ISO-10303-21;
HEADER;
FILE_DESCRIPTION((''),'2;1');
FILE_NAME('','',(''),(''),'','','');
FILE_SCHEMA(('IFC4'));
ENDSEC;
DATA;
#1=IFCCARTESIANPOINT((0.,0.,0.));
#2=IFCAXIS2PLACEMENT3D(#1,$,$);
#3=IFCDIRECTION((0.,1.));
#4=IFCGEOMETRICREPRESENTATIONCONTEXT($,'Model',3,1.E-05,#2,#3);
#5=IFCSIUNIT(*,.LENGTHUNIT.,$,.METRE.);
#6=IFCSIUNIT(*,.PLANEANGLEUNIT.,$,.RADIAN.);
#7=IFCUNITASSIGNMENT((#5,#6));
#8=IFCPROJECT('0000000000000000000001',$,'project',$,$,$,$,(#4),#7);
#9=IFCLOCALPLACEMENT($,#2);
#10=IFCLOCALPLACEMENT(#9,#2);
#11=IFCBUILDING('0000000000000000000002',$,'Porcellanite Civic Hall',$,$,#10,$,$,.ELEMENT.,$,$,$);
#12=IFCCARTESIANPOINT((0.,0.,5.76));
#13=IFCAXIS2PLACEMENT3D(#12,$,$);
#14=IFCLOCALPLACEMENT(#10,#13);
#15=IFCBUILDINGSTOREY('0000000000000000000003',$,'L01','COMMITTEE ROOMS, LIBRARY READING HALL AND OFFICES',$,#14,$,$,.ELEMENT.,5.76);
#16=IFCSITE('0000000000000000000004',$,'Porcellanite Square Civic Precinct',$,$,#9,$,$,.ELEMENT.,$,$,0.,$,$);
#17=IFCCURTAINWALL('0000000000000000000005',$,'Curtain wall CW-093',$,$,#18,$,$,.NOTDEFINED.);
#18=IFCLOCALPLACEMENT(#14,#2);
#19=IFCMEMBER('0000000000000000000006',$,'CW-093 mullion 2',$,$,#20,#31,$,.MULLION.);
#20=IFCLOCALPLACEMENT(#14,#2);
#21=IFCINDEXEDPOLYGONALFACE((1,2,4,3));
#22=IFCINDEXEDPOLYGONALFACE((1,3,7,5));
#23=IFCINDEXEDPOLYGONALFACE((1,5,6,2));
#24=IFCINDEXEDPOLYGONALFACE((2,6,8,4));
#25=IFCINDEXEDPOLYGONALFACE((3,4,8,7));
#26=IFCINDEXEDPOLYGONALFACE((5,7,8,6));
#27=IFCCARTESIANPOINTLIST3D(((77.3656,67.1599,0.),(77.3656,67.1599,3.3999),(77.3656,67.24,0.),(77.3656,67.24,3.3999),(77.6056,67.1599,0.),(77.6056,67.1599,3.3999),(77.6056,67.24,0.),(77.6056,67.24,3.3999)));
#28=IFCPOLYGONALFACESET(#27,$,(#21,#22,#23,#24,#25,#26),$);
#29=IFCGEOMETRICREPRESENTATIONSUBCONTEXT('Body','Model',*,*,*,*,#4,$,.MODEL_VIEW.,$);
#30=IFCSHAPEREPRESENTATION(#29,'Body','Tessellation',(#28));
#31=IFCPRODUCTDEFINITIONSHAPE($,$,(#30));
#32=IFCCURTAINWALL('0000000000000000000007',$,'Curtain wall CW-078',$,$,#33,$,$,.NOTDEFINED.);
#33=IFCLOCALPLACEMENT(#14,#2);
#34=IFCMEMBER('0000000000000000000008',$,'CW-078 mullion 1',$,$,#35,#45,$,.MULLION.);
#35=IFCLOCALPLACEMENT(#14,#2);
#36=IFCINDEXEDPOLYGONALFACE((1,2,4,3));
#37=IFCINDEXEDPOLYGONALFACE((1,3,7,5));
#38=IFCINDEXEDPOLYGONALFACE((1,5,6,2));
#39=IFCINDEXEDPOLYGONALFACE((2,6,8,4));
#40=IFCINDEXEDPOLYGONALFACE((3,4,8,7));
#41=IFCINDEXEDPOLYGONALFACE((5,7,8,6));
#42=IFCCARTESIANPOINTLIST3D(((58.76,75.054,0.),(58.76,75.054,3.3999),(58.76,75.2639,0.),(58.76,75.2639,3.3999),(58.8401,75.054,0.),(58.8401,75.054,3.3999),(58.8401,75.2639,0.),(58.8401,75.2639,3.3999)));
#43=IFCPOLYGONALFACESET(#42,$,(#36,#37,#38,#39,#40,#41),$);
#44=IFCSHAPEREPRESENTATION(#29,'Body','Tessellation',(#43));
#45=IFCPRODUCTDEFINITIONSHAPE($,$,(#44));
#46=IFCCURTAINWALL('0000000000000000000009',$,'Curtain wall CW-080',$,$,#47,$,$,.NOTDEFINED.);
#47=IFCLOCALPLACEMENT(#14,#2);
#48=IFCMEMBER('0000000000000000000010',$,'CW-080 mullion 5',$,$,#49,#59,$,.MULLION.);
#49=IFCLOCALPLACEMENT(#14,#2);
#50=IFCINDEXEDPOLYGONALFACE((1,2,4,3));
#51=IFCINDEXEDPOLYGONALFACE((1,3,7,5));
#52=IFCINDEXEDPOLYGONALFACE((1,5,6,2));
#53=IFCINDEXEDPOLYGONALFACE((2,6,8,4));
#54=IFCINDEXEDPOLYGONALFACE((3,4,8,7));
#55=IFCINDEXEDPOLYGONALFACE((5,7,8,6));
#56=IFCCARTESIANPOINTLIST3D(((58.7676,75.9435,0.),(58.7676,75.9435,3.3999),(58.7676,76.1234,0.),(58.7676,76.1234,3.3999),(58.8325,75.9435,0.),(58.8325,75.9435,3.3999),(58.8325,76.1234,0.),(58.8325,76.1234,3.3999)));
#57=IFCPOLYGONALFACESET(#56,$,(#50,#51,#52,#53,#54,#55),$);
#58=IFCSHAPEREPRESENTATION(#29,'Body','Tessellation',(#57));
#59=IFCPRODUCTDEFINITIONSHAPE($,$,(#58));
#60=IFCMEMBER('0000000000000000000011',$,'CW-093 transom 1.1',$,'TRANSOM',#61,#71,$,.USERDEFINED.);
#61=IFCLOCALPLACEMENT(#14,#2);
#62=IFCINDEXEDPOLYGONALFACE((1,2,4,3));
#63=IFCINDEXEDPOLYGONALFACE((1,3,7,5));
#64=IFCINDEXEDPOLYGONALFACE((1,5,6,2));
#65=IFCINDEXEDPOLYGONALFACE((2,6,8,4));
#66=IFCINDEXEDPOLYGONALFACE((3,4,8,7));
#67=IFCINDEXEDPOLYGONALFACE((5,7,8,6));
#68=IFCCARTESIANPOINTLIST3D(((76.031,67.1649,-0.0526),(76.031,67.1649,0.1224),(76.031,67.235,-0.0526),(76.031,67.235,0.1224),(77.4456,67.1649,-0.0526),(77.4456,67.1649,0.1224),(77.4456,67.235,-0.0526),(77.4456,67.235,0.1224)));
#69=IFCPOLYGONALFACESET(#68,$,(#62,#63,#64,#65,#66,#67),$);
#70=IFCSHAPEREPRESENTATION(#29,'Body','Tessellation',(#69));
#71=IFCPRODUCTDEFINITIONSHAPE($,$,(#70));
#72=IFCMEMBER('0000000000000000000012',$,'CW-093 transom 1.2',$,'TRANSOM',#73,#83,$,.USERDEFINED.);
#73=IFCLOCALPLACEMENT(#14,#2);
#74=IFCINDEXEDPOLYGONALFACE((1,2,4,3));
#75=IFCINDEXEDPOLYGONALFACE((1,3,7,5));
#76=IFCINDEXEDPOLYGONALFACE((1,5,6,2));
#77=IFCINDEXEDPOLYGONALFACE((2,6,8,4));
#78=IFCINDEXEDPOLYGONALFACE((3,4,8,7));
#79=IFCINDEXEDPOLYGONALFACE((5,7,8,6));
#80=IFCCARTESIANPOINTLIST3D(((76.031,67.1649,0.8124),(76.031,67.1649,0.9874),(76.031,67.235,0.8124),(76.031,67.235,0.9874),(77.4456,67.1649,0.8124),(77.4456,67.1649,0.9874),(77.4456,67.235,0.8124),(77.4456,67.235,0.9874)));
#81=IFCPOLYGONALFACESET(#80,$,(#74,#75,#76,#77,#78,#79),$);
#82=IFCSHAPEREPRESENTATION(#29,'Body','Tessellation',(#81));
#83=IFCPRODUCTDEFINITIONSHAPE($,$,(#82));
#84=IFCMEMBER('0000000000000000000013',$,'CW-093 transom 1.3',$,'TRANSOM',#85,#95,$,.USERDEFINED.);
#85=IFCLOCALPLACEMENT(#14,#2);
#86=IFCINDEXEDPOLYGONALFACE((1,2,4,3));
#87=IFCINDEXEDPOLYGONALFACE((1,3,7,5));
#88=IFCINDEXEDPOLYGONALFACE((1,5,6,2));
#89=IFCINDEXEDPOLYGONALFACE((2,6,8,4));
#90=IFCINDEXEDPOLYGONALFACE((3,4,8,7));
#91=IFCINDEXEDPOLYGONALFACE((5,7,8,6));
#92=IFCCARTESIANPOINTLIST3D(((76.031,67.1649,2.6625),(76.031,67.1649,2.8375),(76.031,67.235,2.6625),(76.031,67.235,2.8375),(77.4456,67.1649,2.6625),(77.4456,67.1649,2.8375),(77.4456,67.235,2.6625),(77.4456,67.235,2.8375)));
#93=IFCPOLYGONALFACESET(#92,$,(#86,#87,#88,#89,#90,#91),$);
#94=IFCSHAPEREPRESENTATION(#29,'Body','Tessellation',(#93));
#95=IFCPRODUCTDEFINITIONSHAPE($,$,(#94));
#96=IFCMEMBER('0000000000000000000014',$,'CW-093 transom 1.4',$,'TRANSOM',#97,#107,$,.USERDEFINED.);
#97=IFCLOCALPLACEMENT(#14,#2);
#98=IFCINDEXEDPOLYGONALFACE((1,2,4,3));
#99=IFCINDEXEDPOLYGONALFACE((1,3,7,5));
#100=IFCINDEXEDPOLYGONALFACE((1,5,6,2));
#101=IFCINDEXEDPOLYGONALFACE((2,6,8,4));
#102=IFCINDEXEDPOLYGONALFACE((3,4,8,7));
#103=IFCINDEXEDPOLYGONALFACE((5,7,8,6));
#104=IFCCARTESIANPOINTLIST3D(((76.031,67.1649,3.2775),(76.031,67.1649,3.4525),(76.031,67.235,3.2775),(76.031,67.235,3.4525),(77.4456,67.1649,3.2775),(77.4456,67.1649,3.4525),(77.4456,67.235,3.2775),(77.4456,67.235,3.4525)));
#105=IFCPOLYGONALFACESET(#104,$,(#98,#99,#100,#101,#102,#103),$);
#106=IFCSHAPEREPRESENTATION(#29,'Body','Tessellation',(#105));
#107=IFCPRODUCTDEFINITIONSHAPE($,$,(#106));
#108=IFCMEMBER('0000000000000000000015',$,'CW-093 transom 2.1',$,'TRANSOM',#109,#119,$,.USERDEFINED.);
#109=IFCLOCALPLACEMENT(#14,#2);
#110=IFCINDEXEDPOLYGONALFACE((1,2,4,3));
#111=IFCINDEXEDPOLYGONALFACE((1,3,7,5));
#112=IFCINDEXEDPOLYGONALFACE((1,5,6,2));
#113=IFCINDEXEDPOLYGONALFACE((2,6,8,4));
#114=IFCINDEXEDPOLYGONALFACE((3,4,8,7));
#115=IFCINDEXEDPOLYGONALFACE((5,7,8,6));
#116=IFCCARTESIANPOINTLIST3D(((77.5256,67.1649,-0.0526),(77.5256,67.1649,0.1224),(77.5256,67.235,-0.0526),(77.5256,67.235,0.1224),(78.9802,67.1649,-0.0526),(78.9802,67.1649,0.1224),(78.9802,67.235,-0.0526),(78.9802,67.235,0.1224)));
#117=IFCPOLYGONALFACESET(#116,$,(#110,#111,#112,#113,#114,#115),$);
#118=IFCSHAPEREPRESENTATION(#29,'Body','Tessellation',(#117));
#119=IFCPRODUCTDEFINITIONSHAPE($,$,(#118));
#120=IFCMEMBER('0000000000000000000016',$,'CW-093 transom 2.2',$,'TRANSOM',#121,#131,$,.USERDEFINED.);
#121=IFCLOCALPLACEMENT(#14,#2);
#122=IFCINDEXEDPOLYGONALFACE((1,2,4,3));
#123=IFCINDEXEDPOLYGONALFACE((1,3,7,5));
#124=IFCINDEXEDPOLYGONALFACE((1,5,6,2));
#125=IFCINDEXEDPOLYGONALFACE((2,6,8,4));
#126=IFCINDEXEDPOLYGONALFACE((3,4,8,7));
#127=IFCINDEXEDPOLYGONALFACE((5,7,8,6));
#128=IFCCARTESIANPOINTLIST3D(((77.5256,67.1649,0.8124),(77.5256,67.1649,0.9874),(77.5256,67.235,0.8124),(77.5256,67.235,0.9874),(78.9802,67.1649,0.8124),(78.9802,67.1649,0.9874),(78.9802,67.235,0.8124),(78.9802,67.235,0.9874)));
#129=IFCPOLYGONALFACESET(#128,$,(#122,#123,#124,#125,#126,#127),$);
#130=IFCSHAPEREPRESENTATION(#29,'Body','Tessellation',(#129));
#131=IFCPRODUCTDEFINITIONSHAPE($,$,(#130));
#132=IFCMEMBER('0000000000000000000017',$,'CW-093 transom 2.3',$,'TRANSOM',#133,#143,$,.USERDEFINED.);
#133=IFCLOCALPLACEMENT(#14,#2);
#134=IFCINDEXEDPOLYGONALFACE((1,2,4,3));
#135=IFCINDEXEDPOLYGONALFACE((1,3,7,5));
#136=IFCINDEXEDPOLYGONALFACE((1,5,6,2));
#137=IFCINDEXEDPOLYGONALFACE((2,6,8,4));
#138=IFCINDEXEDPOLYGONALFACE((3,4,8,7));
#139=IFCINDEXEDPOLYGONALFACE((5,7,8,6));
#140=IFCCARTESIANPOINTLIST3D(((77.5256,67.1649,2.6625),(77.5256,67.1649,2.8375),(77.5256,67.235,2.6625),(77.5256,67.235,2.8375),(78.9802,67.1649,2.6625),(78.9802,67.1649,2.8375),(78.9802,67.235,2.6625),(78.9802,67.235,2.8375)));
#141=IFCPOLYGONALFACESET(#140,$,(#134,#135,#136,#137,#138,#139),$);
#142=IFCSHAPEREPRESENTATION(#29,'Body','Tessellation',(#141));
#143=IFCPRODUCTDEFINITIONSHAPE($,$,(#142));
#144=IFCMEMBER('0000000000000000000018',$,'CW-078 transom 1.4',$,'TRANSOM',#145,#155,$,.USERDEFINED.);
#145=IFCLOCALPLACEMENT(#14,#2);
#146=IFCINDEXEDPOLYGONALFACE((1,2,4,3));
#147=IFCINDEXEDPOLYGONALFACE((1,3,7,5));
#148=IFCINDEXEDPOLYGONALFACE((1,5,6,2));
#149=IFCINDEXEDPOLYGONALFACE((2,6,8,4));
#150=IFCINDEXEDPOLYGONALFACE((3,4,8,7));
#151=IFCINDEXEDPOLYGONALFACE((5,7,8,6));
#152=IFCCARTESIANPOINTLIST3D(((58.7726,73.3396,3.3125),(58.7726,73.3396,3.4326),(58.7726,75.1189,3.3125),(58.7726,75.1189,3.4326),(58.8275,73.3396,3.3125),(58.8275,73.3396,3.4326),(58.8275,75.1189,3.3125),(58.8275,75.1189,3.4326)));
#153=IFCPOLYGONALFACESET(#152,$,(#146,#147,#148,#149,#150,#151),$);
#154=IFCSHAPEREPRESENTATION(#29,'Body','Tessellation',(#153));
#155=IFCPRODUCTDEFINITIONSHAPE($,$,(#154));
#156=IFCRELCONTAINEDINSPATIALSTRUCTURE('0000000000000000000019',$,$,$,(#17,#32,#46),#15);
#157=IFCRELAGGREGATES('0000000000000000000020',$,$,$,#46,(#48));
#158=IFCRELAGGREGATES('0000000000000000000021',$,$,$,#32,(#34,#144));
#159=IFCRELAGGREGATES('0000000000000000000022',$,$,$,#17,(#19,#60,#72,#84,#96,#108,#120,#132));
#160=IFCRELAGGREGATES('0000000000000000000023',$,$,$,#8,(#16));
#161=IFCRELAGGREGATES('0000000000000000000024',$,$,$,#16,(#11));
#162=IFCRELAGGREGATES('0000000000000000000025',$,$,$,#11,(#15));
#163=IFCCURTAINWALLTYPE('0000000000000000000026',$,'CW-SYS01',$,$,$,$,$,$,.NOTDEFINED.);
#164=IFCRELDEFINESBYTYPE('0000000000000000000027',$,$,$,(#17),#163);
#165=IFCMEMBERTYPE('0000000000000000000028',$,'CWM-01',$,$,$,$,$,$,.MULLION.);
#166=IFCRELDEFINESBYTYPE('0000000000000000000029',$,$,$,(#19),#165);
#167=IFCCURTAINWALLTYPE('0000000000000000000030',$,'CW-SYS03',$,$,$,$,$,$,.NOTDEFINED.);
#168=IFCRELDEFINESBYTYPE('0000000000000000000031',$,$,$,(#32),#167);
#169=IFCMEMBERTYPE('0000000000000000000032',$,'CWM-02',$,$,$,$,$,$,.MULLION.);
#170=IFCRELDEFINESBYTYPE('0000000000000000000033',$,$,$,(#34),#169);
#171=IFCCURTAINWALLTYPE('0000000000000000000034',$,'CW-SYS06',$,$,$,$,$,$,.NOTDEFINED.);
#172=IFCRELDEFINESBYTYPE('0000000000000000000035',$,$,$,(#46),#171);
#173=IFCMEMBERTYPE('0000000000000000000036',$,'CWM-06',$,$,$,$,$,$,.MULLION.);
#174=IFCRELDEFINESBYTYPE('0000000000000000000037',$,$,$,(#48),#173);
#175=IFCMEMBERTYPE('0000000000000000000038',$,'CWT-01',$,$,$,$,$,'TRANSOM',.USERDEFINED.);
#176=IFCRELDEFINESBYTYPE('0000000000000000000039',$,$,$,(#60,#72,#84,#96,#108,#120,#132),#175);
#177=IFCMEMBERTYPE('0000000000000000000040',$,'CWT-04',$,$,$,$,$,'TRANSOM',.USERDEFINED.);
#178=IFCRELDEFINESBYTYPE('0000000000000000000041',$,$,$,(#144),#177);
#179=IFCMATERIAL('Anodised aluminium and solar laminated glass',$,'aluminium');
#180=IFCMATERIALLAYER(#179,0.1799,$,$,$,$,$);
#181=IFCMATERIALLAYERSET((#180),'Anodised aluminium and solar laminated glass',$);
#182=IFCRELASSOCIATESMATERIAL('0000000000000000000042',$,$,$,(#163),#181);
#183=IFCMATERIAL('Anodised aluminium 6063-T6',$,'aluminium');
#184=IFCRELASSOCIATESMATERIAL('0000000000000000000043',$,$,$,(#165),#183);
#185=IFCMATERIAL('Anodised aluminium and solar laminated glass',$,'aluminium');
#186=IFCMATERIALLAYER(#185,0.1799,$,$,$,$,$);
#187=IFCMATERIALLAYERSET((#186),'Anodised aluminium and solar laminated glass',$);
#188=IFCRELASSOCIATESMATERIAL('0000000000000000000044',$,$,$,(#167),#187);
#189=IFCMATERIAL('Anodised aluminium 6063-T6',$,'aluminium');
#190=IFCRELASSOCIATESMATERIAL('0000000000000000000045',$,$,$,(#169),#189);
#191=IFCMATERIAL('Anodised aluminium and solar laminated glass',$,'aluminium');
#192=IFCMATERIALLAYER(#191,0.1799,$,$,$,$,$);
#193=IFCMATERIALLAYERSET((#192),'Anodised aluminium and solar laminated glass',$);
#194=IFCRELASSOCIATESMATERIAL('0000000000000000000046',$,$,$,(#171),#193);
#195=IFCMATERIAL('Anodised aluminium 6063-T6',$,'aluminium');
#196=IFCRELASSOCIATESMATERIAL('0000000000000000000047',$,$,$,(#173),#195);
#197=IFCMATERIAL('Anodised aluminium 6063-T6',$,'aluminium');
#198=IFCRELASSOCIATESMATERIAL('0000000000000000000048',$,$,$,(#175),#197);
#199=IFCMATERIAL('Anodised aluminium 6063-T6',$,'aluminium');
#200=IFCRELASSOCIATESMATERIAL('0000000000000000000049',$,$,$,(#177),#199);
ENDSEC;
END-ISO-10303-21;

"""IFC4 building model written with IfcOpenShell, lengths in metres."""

from ifc_helpers import new_model, si_unit, direction, frame, origin, origin_2d, place, context, subcontext, project, spatial, rectangle, extrude, material, layer, layer_set, material_profile, profile_set, type_object, element, aggregate, save


model = new_model("IFC4")

# Units and contexts
model_context = context("Model", 3, precision=1e-05, world=origin(), true_north=direction((0.0, 1.0)))
body_context = subcontext(model_context, "Body", "Model", "MODEL_VIEW")
ifc_project = project(units=[si_unit("LENGTHUNIT", "METRE"), si_unit("PLANEANGLEUNIT", "RADIAN")], contexts=[model_context])

# Site, building, storey
site_placement = place(None, origin())
site = spatial("IfcSite", under=ifc_project, at=site_placement, Name="Porcellanite Square Civic Precinct", CompositionType="ELEMENT", RefElevation=0.0)
building_placement = place(site_placement, origin())
building = spatial("IfcBuilding", under=site, at=building_placement, Name="Porcellanite Civic Hall", CompositionType="ELEMENT")
storey_placement = place(building_placement, frame((0.0, 0.0, 5.76)))
storey = spatial("IfcBuildingStorey", under=building, at=storey_placement, Name="L01", Description="COMMITTEE ROOMS, LIBRARY READING HALL AND OFFICES", CompositionType="ELEMENT", Elevation=5.76)

# Curtain wall, member
ifc_material_1 = material(Name="Anodised aluminium and solar laminated glass", Category="aluminium")
ifc_layer_1 = layer(ifc_material_1, 0.1799)
ifc_layer_set_1 = layer_set([ifc_layer_1], Name="Anodised aluminium and solar laminated glass")
curtain_wall_type_1 = type_object("IfcCurtainWallType", Name="CW-SYS01", PredefinedType="NOTDEFINED", material=ifc_layer_set_1)
curtain_wall_1_placement = place(storey_placement, origin())
curtain_wall_1 = element("IfcCurtainWall", 1, at=curtain_wall_1_placement, inside=storey, type_object=curtain_wall_type_1, Name="Curtain wall CW-093", PredefinedType="NOTDEFINED")
ifc_material_2 = material(Name="Anodised aluminium 6063-T6", Category="aluminium")
ifc_material_profile_1 = material_profile(ifc_material_2, rectangle(XDim=0.0801, YDim=0.24, at=origin_2d()), Name="AL-80x240")
ifc_profile_set_1 = profile_set([ifc_material_profile_1], Name="Anodised aluminium 6063-T6")
member_type_1 = type_object("IfcMemberType", Name="CWM-01", PredefinedType="MULLION", material=ifc_profile_set_1)
member_1_placement = place(storey_placement, frame((77.4856, 67.2, 0.0), z_axis=(0.0, 0.0, 1.0), x_axis=(0.0, 1.0, 0.0)))
member_1 = element("IfcMember", 2, at=member_1_placement, type_object=member_type_1, Name="CW-093 mullion 2", PredefinedType="MULLION", context=body_context, shape_type="SweptSolid", body=[
    extrude(rectangle(XDim=0.0801, YDim=0.24, at=origin_2d()), origin(), (0.0, 0.0, 1.0), 3.3999),
])

# Curtain walls, members
ifc_material_3 = material(Name="Anodised aluminium and solar laminated glass", Category="aluminium")
ifc_layer_2 = layer(ifc_material_3, 0.1799)
ifc_layer_set_2 = layer_set([ifc_layer_2], Name="Anodised aluminium and solar laminated glass")
curtain_wall_type_2 = type_object("IfcCurtainWallType", Name="CW-SYS03", PredefinedType="NOTDEFINED", material=ifc_layer_set_2)
curtain_wall_2_placement = place(storey_placement, origin())
curtain_wall_2 = element("IfcCurtainWall", 3, at=curtain_wall_2_placement, inside=storey, type_object=curtain_wall_type_2, Name="Curtain wall CW-078", PredefinedType="NOTDEFINED")
ifc_material_4 = material(Name="Anodised aluminium 6063-T6", Category="aluminium")
ifc_material_profile_2 = material_profile(ifc_material_4, rectangle(XDim=0.0801, YDim=0.21, at=origin_2d()), Name="AL-80x210")
ifc_profile_set_2 = profile_set([ifc_material_profile_2], Name="Anodised aluminium 6063-T6")
member_type_2 = type_object("IfcMemberType", Name="CWM-02", PredefinedType="MULLION", material=ifc_profile_set_2)
member_2_placement = place(storey_placement, frame((58.8, 75.1589, 0.0), z_axis=(0.0, 0.0, 1.0), x_axis=(1.0, 0.0, 0.0)))
member_2 = element("IfcMember", 4, at=member_2_placement, type_object=member_type_2, Name="CW-078 mullion 1", PredefinedType="MULLION", context=body_context, shape_type="SweptSolid", body=[
    extrude(rectangle(XDim=0.0801, YDim=0.21, at=origin_2d()), origin(), (0.0, 0.0, 1.0), 3.3999),
])
ifc_material_5 = material(Name="Anodised aluminium and solar laminated glass", Category="aluminium")
ifc_layer_3 = layer(ifc_material_5, 0.1799)
ifc_layer_set_3 = layer_set([ifc_layer_3], Name="Anodised aluminium and solar laminated glass")
curtain_wall_type_3 = type_object("IfcCurtainWallType", Name="CW-SYS06", PredefinedType="NOTDEFINED", material=ifc_layer_set_3)
curtain_wall_3_placement = place(storey_placement, origin())
curtain_wall_3 = element("IfcCurtainWall", 5, at=curtain_wall_3_placement, inside=storey, type_object=curtain_wall_type_3, Name="Curtain wall CW-080", PredefinedType="NOTDEFINED")
ifc_material_6 = material(Name="Anodised aluminium 6063-T6", Category="aluminium")
ifc_material_profile_3 = material_profile(ifc_material_6, rectangle(XDim=0.0649, YDim=0.1799, at=origin_2d()), Name="AL-65x180")
ifc_profile_set_3 = profile_set([ifc_material_profile_3], Name="Anodised aluminium 6063-T6")
member_type_3 = type_object("IfcMemberType", Name="CWM-06", PredefinedType="MULLION", material=ifc_profile_set_3)
member_3_placement = place(storey_placement, frame((58.8, 76.0334, 0.0), z_axis=(0.0, 0.0, 1.0), x_axis=(1.0, 0.0, 0.0)))
member_3 = element("IfcMember", 6, at=member_3_placement, type_object=member_type_3, Name="CW-080 mullion 5", PredefinedType="MULLION", context=body_context, shape_type="SweptSolid", body=[
    extrude(rectangle(XDim=0.0649, YDim=0.1799, at=origin_2d()), origin(), (0.0, 0.0, 1.0), 3.3999),
])
aggregate(curtain_wall_3, [member_3])

# Members
ifc_material_7 = material(Name="Anodised aluminium 6063-T6", Category="aluminium")
ifc_material_profile_4 = material_profile(ifc_material_7, rectangle(XDim=0.0701, YDim=0.175, at=origin_2d()), Name="AL-70x175")
ifc_profile_set_4 = profile_set([ifc_material_profile_4], Name="Anodised aluminium 6063-T6")
member_type_4 = type_object("IfcMemberType", Name="CWT-01", ElementType="TRANSOM", PredefinedType="USERDEFINED", material=ifc_profile_set_4)
member_4_placement = place(storey_placement, frame((76.031, 67.2, 0.0349), z_axis=(1.0, 0.0, 0.0), x_axis=(0.0, 1.0, 0.0)))
member_4 = element("IfcMember", 7, at=member_4_placement, type_object=member_type_4, Name="CW-093 transom 1.1", ObjectType="TRANSOM", PredefinedType="USERDEFINED", context=body_context, shape_type="SweptSolid", body=[
    extrude(rectangle(XDim=0.0701, YDim=0.175, at=origin_2d()), origin(), (0.0, 0.0, 1.0), 1.4146),
])
member_5_placement = place(storey_placement, frame((76.031, 67.2, 0.8999), z_axis=(1.0, 0.0, 0.0), x_axis=(0.0, 1.0, 0.0)))
member_5 = element("IfcMember", 8, at=member_5_placement, type_object=member_type_4, Name="CW-093 transom 1.2", ObjectType="TRANSOM", PredefinedType="USERDEFINED", context=body_context, shape_type="SweptSolid", body=[
    extrude(rectangle(XDim=0.0701, YDim=0.175, at=origin_2d()), origin(), (0.0, 0.0, 1.0), 1.4146),
])
member_6_placement = place(storey_placement, frame((76.031, 67.2, 2.75), z_axis=(1.0, 0.0, 0.0), x_axis=(0.0, 1.0, 0.0)))
member_6 = element("IfcMember", 9, at=member_6_placement, type_object=member_type_4, Name="CW-093 transom 1.3", ObjectType="TRANSOM", PredefinedType="USERDEFINED", context=body_context, shape_type="SweptSolid", body=[
    extrude(rectangle(XDim=0.0701, YDim=0.175, at=origin_2d()), origin(), (0.0, 0.0, 1.0), 1.4146),
])
member_7_placement = place(storey_placement, frame((76.031, 67.2, 3.365), z_axis=(1.0, 0.0, 0.0), x_axis=(0.0, 1.0, 0.0)))
member_7 = element("IfcMember", 10, at=member_7_placement, type_object=member_type_4, Name="CW-093 transom 1.4", ObjectType="TRANSOM", PredefinedType="USERDEFINED", context=body_context, shape_type="SweptSolid", body=[
    extrude(rectangle(XDim=0.0701, YDim=0.175, at=origin_2d()), origin(), (0.0, 0.0, 1.0), 1.4146),
])
member_8_placement = place(storey_placement, frame((77.5256, 67.2, 0.0349), z_axis=(1.0, 0.0, 0.0), x_axis=(0.0, 1.0, 0.0)))
member_8 = element("IfcMember", 11, at=member_8_placement, type_object=member_type_4, Name="CW-093 transom 2.1", ObjectType="TRANSOM", PredefinedType="USERDEFINED", context=body_context, shape_type="SweptSolid", body=[
    extrude(rectangle(XDim=0.0701, YDim=0.175, at=origin_2d()), origin(), (0.0, 0.0, 1.0), 1.4546),
])
member_9_placement = place(storey_placement, frame((77.5256, 67.2, 0.8999), z_axis=(1.0, 0.0, 0.0), x_axis=(0.0, 1.0, 0.0)))
member_9 = element("IfcMember", 12, at=member_9_placement, type_object=member_type_4, Name="CW-093 transom 2.2", ObjectType="TRANSOM", PredefinedType="USERDEFINED", context=body_context, shape_type="SweptSolid", body=[
    extrude(rectangle(XDim=0.0701, YDim=0.175, at=origin_2d()), origin(), (0.0, 0.0, 1.0), 1.4546),
])
member_10_placement = place(storey_placement, frame((77.5256, 67.2, 2.75), z_axis=(1.0, 0.0, 0.0), x_axis=(0.0, 1.0, 0.0)))
member_10 = element("IfcMember", 13, at=member_10_placement, type_object=member_type_4, Name="CW-093 transom 2.3", ObjectType="TRANSOM", PredefinedType="USERDEFINED", context=body_context, shape_type="SweptSolid", body=[
    extrude(rectangle(XDim=0.0701, YDim=0.175, at=origin_2d()), origin(), (0.0, 0.0, 1.0), 1.4546),
])
ifc_material_8 = material(Name="Anodised aluminium 6063-T6", Category="aluminium")
ifc_material_profile_5 = material_profile(ifc_material_8, rectangle(XDim=0.0549, YDim=0.1201, at=origin_2d()), Name="AL-55x120")
ifc_profile_set_5 = profile_set([ifc_material_profile_5], Name="Anodised aluminium 6063-T6")
member_type_5 = type_object("IfcMemberType", Name="CWT-04", ElementType="TRANSOM", PredefinedType="USERDEFINED", material=ifc_profile_set_5)
member_11_placement = place(storey_placement, frame((58.8, 75.1189, 3.3726), z_axis=(0.0, -1.0, 0.0), x_axis=(1.0, 0.0, 0.0)))
member_11 = element("IfcMember", 14, at=member_11_placement, type_object=member_type_5, Name="CW-078 transom 1.4", ObjectType="TRANSOM", PredefinedType="USERDEFINED", context=body_context, shape_type="SweptSolid", body=[
    extrude(rectangle(XDim=0.0549, YDim=0.1201, at=origin_2d()), origin(), (0.0, 0.0, 1.0), 1.7793),
])
aggregate(curtain_wall_2, [member_2, member_11])

aggregate(curtain_wall_1, [member_1, member_4, member_5, member_6, member_7, member_8, member_9, member_10])

save(model, "model.ifc")
